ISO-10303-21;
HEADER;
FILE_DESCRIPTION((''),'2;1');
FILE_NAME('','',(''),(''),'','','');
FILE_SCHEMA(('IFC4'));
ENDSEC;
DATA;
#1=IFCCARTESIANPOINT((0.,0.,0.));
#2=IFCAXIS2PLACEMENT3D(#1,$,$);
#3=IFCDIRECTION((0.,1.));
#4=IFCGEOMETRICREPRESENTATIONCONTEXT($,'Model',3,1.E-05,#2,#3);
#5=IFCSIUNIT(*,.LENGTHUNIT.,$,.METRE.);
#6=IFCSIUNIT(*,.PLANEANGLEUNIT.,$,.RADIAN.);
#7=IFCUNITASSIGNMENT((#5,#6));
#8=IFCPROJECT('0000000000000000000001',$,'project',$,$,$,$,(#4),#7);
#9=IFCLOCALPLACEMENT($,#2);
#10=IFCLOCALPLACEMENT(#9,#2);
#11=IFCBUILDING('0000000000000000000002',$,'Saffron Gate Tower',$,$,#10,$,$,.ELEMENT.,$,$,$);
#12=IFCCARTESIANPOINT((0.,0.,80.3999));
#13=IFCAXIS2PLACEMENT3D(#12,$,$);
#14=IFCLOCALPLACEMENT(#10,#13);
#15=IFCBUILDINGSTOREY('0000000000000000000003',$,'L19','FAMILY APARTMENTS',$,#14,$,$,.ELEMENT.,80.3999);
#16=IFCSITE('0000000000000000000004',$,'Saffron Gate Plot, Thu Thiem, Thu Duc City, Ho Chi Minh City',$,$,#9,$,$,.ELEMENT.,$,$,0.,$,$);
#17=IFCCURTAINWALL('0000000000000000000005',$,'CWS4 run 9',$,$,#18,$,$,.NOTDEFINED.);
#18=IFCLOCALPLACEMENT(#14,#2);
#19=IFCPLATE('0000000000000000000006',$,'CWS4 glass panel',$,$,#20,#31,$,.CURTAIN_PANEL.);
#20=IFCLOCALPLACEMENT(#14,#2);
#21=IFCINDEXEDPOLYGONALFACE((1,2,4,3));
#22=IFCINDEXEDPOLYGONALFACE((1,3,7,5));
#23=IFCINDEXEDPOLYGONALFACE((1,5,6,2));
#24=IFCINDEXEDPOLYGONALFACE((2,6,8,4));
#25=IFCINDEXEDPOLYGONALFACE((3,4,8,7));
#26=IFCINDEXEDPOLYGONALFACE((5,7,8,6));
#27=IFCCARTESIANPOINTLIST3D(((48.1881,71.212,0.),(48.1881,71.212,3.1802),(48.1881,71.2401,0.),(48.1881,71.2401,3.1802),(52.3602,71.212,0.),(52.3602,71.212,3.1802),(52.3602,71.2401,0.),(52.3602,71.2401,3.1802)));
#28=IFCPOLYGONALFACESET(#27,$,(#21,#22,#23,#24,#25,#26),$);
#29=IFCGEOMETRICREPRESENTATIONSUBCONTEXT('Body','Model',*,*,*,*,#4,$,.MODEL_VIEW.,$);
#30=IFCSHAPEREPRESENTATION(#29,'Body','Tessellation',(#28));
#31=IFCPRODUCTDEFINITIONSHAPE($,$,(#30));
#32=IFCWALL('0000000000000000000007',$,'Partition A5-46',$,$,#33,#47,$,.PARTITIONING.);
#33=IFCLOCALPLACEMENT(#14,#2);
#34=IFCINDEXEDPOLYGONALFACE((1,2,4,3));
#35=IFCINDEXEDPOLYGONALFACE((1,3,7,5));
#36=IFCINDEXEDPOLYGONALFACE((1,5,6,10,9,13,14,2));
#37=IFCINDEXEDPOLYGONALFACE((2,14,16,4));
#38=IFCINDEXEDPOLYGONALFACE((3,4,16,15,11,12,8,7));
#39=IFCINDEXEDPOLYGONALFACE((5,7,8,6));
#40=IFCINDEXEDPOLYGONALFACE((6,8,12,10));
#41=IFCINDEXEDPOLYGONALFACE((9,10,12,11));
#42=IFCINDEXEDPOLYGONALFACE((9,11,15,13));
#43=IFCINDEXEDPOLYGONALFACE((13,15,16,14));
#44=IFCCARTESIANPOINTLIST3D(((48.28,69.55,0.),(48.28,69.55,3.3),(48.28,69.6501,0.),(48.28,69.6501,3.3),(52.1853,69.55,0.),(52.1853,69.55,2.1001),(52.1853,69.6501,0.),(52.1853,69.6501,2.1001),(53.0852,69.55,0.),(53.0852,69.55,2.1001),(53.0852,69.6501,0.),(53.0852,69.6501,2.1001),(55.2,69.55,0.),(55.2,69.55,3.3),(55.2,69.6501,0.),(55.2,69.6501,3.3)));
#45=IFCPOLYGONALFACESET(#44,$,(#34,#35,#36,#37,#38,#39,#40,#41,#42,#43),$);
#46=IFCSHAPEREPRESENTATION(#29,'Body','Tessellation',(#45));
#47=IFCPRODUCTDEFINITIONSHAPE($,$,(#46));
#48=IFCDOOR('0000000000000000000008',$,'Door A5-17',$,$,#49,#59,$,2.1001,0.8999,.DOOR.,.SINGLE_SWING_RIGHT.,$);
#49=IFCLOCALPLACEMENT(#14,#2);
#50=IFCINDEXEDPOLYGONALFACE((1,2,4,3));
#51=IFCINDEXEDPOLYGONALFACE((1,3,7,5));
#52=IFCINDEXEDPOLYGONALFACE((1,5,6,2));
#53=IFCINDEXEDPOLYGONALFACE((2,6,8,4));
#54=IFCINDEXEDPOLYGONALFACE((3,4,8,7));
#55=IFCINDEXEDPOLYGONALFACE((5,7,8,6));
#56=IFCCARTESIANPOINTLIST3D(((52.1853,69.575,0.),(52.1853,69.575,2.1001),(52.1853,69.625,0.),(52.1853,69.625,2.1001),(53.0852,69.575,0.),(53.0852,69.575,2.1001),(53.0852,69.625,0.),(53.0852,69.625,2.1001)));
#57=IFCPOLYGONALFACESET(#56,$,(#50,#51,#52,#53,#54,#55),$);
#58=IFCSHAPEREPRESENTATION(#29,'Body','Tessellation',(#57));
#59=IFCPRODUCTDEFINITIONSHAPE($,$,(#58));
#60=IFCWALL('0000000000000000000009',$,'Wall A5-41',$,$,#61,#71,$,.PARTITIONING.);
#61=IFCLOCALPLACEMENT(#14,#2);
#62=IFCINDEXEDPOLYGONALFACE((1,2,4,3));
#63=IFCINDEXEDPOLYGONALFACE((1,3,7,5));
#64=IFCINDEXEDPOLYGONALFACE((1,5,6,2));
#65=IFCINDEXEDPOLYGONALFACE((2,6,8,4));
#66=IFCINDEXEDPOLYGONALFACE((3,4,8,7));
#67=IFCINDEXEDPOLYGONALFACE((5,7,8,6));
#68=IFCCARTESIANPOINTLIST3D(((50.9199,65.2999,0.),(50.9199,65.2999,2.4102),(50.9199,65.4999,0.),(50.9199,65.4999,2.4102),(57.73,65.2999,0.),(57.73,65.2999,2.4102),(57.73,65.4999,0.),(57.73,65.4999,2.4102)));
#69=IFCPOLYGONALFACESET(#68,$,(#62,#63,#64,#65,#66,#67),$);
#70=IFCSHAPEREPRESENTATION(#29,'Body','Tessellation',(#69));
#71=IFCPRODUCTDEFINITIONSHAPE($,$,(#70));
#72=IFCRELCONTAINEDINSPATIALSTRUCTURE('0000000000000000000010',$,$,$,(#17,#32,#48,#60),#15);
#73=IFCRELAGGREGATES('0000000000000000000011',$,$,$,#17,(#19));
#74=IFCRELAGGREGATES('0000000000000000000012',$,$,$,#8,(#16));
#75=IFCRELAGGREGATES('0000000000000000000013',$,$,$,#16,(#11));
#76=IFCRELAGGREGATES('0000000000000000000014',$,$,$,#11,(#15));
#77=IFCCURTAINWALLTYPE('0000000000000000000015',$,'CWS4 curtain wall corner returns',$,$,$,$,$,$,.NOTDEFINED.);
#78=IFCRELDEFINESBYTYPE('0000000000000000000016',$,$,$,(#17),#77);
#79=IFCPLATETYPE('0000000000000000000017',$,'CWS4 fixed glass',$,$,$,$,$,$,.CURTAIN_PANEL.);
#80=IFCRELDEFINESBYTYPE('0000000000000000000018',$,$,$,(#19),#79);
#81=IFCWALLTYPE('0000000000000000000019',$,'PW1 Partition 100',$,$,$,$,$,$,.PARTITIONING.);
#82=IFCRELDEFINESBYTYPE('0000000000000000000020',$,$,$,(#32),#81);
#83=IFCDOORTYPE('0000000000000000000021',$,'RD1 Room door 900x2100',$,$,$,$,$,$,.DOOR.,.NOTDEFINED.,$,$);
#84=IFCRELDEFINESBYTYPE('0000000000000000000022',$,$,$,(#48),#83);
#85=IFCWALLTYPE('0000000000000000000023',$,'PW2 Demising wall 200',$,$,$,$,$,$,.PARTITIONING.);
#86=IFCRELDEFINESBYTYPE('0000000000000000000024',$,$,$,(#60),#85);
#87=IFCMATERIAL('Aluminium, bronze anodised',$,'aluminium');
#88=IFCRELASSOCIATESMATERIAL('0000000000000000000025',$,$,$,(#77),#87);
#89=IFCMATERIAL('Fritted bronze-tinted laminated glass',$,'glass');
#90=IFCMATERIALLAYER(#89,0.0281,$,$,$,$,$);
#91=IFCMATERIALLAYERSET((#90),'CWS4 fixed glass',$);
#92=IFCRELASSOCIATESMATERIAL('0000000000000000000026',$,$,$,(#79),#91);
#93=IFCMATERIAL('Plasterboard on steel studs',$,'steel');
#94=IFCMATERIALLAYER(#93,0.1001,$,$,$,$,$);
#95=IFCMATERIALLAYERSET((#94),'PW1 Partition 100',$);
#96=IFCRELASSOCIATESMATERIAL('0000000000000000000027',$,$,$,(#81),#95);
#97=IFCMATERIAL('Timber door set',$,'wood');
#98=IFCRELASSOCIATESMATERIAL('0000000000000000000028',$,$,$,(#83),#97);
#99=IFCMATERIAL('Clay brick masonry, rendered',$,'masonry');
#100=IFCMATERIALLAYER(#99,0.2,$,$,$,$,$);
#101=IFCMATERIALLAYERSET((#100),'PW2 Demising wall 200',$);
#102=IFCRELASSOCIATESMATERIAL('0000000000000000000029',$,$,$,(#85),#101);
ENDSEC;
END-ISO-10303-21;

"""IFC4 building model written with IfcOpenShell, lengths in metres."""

from ifc_helpers import new_model, si_unit, direction, frame, frame_2d, origin, place, context, subcontext, project, spatial, rectangle, extrude, material, layer, layer_set, type_object, element, fill, aggregate, save


model = new_model("IFC4")

# Units and contexts
model_context = context("Model", 3, precision=1e-05, world=origin(), true_north=direction((0.0, 1.0)))
body_context = subcontext(model_context, "Body", "Model", "MODEL_VIEW")
ifc_project = project(units=[si_unit("LENGTHUNIT", "METRE"), si_unit("PLANEANGLEUNIT", "RADIAN")], contexts=[model_context])

# Site, building, storey
site_placement = place(None, origin())
site = spatial("IfcSite", under=ifc_project, at=site_placement, Name="Saffron Gate Plot, Thu Thiem, Thu Duc City, Ho Chi Minh City", CompositionType="ELEMENT", RefElevation=0.0)
building_placement = place(site_placement, origin())
building = spatial("IfcBuilding", under=site, at=building_placement, Name="Saffron Gate Tower", CompositionType="ELEMENT")
storey_placement = place(building_placement, frame((0.0, 0.0, 80.3999)))
storey = spatial("IfcBuildingStorey", under=building, at=storey_placement, Name="L19", Description="FAMILY APARTMENTS", CompositionType="ELEMENT", Elevation=80.3999)

# Curtain wall
ifc_material_1 = material(Name="Aluminium, bronze anodised", Category="aluminium")
curtain_wall_type_1 = type_object("IfcCurtainWallType", Name="CWS4 curtain wall corner returns", PredefinedType="NOTDEFINED", material=ifc_material_1)
curtain_wall_1_placement = place(storey_placement, origin())
curtain_wall_1 = element("IfcCurtainWall", 1, at=curtain_wall_1_placement, inside=storey, type_object=curtain_wall_type_1, Name="CWS4 run 9", PredefinedType="NOTDEFINED")

# Shared definitions
ifc_material_2 = material(Name="Fritted bronze-tinted laminated glass", Category="glass")

# Plate
ifc_layer_1 = layer(ifc_material_2, 0.0281)
ifc_layer_set_1 = layer_set([ifc_layer_1], Name="CWS4 fixed glass")
plate_type_1 = type_object("IfcPlateType", Name="CWS4 fixed glass", PredefinedType="CURTAIN_PANEL", material=ifc_layer_set_1)
plate_1_placement = place(storey_placement, frame((52.3601, 71.2261, 0.0), z_axis=(0.0, 0.0, 1.0), x_axis=(-1.0, 0.0, 0.0)))
plate_1 = element("IfcPlate", 2, at=plate_1_placement, type_object=plate_type_1, Name="CWS4 glass panel", PredefinedType="CURTAIN_PANEL", context=body_context, shape_type="SweptSolid", body=[
    extrude(rectangle(XDim=4.1721, YDim=0.0281, at=frame_2d((2.0859, 0.0))), origin(), (0.0, 0.0, 1.0), 3.1802),
])
aggregate(curtain_wall_1, [plate_1])

# Wall, opening, door
ifc_material_3 = material(Name="Plasterboard on steel studs", Category="steel")
ifc_layer_2 = layer(ifc_material_3, 0.1001)
ifc_layer_set_2 = layer_set([ifc_layer_2], Name="PW1 Partition 100")
wall_type_1 = type_object("IfcWallType", Name="PW1 Partition 100", PredefinedType="PARTITIONING", material=ifc_layer_set_2)
wall_1_placement = place(storey_placement, frame((48.28, 69.6001, 0.0), z_axis=(0.0, 0.0, 1.0), x_axis=(1.0, 0.0, 0.0)))
wall_1 = element("IfcWall", 3, at=wall_1_placement, inside=storey, type_object=wall_type_1, Name="Partition A5-46", PredefinedType="PARTITIONING", context=body_context, shape_type="SweptSolid", body=[
    extrude(rectangle(XDim=6.9199, YDim=0.1001, at=frame_2d((3.46, 0.0))), origin(), (0.0, 0.0, 1.0), 3.3),
])
opening_1_placement = place(wall_1_placement, frame((3.9053, 0.0, 0.0)))
opening_1 = element("IfcOpeningElement", 4, at=opening_1_placement, cuts=wall_1, PredefinedType="OPENING", context=body_context, shape_type="SweptSolid", body=[
    extrude(rectangle(XDim=0.8999, YDim=2.1001, at=frame_2d((0.45, 1.05))), frame((0.0, 0.0601, 0.0), z_axis=(0.0, -1.0, 0.0), x_axis=(1.0, 0.0, 0.0)), (0.0, 0.0, 1.0), 0.1201),
])
ifc_material_4 = material(Name="Timber door set", Category="wood")
door_type = type_object("IfcDoorType", Name="RD1 Room door 900x2100", OperationType="NOTDEFINED", PredefinedType="DOOR", material=ifc_material_4)
door_placement = place(opening_1_placement, origin())
door = element("IfcDoor", 5, at=door_placement, inside=storey, type_object=door_type, Name="Door A5-17", OperationType="SINGLE_SWING_RIGHT", OverallHeight=2.1001, OverallWidth=0.8999, PredefinedType="DOOR", context=body_context, shape_type="SweptSolid", body=[
    extrude(rectangle(XDim=0.8999, YDim=2.1001, at=frame_2d((0.45, 1.05))), frame((0.0, 0.0249, 0.0), z_axis=(0.0, -1.0, 0.0), x_axis=(1.0, 0.0, 0.0)), (0.0, 0.0, 1.0), 0.05),
])
fill(opening_1, door)

# Wall
ifc_material_5 = material(Name="Clay brick masonry, rendered", Category="masonry")
ifc_layer_3 = layer(ifc_material_5, 0.2)
ifc_layer_set_3 = layer_set([ifc_layer_3], Name="PW2 Demising wall 200")
wall_type_2 = type_object("IfcWallType", Name="PW2 Demising wall 200", PredefinedType="PARTITIONING", material=ifc_layer_set_3)
wall_2_placement = place(storey_placement, frame((50.9199, 65.3999, 0.0), z_axis=(0.0, 0.0, 1.0), x_axis=(1.0, 0.0, 0.0)))
element("IfcWall", 6, at=wall_2_placement, inside=storey, type_object=wall_type_2, Name="Wall A5-41", PredefinedType="PARTITIONING", context=body_context, shape_type="SweptSolid", body=[
    extrude(rectangle(XDim=6.8101, YDim=0.2, at=frame_2d((3.405, 0.0))), origin(), (0.0, 0.0, 1.0), 2.4102),
])

save(model, "model.ifc")
